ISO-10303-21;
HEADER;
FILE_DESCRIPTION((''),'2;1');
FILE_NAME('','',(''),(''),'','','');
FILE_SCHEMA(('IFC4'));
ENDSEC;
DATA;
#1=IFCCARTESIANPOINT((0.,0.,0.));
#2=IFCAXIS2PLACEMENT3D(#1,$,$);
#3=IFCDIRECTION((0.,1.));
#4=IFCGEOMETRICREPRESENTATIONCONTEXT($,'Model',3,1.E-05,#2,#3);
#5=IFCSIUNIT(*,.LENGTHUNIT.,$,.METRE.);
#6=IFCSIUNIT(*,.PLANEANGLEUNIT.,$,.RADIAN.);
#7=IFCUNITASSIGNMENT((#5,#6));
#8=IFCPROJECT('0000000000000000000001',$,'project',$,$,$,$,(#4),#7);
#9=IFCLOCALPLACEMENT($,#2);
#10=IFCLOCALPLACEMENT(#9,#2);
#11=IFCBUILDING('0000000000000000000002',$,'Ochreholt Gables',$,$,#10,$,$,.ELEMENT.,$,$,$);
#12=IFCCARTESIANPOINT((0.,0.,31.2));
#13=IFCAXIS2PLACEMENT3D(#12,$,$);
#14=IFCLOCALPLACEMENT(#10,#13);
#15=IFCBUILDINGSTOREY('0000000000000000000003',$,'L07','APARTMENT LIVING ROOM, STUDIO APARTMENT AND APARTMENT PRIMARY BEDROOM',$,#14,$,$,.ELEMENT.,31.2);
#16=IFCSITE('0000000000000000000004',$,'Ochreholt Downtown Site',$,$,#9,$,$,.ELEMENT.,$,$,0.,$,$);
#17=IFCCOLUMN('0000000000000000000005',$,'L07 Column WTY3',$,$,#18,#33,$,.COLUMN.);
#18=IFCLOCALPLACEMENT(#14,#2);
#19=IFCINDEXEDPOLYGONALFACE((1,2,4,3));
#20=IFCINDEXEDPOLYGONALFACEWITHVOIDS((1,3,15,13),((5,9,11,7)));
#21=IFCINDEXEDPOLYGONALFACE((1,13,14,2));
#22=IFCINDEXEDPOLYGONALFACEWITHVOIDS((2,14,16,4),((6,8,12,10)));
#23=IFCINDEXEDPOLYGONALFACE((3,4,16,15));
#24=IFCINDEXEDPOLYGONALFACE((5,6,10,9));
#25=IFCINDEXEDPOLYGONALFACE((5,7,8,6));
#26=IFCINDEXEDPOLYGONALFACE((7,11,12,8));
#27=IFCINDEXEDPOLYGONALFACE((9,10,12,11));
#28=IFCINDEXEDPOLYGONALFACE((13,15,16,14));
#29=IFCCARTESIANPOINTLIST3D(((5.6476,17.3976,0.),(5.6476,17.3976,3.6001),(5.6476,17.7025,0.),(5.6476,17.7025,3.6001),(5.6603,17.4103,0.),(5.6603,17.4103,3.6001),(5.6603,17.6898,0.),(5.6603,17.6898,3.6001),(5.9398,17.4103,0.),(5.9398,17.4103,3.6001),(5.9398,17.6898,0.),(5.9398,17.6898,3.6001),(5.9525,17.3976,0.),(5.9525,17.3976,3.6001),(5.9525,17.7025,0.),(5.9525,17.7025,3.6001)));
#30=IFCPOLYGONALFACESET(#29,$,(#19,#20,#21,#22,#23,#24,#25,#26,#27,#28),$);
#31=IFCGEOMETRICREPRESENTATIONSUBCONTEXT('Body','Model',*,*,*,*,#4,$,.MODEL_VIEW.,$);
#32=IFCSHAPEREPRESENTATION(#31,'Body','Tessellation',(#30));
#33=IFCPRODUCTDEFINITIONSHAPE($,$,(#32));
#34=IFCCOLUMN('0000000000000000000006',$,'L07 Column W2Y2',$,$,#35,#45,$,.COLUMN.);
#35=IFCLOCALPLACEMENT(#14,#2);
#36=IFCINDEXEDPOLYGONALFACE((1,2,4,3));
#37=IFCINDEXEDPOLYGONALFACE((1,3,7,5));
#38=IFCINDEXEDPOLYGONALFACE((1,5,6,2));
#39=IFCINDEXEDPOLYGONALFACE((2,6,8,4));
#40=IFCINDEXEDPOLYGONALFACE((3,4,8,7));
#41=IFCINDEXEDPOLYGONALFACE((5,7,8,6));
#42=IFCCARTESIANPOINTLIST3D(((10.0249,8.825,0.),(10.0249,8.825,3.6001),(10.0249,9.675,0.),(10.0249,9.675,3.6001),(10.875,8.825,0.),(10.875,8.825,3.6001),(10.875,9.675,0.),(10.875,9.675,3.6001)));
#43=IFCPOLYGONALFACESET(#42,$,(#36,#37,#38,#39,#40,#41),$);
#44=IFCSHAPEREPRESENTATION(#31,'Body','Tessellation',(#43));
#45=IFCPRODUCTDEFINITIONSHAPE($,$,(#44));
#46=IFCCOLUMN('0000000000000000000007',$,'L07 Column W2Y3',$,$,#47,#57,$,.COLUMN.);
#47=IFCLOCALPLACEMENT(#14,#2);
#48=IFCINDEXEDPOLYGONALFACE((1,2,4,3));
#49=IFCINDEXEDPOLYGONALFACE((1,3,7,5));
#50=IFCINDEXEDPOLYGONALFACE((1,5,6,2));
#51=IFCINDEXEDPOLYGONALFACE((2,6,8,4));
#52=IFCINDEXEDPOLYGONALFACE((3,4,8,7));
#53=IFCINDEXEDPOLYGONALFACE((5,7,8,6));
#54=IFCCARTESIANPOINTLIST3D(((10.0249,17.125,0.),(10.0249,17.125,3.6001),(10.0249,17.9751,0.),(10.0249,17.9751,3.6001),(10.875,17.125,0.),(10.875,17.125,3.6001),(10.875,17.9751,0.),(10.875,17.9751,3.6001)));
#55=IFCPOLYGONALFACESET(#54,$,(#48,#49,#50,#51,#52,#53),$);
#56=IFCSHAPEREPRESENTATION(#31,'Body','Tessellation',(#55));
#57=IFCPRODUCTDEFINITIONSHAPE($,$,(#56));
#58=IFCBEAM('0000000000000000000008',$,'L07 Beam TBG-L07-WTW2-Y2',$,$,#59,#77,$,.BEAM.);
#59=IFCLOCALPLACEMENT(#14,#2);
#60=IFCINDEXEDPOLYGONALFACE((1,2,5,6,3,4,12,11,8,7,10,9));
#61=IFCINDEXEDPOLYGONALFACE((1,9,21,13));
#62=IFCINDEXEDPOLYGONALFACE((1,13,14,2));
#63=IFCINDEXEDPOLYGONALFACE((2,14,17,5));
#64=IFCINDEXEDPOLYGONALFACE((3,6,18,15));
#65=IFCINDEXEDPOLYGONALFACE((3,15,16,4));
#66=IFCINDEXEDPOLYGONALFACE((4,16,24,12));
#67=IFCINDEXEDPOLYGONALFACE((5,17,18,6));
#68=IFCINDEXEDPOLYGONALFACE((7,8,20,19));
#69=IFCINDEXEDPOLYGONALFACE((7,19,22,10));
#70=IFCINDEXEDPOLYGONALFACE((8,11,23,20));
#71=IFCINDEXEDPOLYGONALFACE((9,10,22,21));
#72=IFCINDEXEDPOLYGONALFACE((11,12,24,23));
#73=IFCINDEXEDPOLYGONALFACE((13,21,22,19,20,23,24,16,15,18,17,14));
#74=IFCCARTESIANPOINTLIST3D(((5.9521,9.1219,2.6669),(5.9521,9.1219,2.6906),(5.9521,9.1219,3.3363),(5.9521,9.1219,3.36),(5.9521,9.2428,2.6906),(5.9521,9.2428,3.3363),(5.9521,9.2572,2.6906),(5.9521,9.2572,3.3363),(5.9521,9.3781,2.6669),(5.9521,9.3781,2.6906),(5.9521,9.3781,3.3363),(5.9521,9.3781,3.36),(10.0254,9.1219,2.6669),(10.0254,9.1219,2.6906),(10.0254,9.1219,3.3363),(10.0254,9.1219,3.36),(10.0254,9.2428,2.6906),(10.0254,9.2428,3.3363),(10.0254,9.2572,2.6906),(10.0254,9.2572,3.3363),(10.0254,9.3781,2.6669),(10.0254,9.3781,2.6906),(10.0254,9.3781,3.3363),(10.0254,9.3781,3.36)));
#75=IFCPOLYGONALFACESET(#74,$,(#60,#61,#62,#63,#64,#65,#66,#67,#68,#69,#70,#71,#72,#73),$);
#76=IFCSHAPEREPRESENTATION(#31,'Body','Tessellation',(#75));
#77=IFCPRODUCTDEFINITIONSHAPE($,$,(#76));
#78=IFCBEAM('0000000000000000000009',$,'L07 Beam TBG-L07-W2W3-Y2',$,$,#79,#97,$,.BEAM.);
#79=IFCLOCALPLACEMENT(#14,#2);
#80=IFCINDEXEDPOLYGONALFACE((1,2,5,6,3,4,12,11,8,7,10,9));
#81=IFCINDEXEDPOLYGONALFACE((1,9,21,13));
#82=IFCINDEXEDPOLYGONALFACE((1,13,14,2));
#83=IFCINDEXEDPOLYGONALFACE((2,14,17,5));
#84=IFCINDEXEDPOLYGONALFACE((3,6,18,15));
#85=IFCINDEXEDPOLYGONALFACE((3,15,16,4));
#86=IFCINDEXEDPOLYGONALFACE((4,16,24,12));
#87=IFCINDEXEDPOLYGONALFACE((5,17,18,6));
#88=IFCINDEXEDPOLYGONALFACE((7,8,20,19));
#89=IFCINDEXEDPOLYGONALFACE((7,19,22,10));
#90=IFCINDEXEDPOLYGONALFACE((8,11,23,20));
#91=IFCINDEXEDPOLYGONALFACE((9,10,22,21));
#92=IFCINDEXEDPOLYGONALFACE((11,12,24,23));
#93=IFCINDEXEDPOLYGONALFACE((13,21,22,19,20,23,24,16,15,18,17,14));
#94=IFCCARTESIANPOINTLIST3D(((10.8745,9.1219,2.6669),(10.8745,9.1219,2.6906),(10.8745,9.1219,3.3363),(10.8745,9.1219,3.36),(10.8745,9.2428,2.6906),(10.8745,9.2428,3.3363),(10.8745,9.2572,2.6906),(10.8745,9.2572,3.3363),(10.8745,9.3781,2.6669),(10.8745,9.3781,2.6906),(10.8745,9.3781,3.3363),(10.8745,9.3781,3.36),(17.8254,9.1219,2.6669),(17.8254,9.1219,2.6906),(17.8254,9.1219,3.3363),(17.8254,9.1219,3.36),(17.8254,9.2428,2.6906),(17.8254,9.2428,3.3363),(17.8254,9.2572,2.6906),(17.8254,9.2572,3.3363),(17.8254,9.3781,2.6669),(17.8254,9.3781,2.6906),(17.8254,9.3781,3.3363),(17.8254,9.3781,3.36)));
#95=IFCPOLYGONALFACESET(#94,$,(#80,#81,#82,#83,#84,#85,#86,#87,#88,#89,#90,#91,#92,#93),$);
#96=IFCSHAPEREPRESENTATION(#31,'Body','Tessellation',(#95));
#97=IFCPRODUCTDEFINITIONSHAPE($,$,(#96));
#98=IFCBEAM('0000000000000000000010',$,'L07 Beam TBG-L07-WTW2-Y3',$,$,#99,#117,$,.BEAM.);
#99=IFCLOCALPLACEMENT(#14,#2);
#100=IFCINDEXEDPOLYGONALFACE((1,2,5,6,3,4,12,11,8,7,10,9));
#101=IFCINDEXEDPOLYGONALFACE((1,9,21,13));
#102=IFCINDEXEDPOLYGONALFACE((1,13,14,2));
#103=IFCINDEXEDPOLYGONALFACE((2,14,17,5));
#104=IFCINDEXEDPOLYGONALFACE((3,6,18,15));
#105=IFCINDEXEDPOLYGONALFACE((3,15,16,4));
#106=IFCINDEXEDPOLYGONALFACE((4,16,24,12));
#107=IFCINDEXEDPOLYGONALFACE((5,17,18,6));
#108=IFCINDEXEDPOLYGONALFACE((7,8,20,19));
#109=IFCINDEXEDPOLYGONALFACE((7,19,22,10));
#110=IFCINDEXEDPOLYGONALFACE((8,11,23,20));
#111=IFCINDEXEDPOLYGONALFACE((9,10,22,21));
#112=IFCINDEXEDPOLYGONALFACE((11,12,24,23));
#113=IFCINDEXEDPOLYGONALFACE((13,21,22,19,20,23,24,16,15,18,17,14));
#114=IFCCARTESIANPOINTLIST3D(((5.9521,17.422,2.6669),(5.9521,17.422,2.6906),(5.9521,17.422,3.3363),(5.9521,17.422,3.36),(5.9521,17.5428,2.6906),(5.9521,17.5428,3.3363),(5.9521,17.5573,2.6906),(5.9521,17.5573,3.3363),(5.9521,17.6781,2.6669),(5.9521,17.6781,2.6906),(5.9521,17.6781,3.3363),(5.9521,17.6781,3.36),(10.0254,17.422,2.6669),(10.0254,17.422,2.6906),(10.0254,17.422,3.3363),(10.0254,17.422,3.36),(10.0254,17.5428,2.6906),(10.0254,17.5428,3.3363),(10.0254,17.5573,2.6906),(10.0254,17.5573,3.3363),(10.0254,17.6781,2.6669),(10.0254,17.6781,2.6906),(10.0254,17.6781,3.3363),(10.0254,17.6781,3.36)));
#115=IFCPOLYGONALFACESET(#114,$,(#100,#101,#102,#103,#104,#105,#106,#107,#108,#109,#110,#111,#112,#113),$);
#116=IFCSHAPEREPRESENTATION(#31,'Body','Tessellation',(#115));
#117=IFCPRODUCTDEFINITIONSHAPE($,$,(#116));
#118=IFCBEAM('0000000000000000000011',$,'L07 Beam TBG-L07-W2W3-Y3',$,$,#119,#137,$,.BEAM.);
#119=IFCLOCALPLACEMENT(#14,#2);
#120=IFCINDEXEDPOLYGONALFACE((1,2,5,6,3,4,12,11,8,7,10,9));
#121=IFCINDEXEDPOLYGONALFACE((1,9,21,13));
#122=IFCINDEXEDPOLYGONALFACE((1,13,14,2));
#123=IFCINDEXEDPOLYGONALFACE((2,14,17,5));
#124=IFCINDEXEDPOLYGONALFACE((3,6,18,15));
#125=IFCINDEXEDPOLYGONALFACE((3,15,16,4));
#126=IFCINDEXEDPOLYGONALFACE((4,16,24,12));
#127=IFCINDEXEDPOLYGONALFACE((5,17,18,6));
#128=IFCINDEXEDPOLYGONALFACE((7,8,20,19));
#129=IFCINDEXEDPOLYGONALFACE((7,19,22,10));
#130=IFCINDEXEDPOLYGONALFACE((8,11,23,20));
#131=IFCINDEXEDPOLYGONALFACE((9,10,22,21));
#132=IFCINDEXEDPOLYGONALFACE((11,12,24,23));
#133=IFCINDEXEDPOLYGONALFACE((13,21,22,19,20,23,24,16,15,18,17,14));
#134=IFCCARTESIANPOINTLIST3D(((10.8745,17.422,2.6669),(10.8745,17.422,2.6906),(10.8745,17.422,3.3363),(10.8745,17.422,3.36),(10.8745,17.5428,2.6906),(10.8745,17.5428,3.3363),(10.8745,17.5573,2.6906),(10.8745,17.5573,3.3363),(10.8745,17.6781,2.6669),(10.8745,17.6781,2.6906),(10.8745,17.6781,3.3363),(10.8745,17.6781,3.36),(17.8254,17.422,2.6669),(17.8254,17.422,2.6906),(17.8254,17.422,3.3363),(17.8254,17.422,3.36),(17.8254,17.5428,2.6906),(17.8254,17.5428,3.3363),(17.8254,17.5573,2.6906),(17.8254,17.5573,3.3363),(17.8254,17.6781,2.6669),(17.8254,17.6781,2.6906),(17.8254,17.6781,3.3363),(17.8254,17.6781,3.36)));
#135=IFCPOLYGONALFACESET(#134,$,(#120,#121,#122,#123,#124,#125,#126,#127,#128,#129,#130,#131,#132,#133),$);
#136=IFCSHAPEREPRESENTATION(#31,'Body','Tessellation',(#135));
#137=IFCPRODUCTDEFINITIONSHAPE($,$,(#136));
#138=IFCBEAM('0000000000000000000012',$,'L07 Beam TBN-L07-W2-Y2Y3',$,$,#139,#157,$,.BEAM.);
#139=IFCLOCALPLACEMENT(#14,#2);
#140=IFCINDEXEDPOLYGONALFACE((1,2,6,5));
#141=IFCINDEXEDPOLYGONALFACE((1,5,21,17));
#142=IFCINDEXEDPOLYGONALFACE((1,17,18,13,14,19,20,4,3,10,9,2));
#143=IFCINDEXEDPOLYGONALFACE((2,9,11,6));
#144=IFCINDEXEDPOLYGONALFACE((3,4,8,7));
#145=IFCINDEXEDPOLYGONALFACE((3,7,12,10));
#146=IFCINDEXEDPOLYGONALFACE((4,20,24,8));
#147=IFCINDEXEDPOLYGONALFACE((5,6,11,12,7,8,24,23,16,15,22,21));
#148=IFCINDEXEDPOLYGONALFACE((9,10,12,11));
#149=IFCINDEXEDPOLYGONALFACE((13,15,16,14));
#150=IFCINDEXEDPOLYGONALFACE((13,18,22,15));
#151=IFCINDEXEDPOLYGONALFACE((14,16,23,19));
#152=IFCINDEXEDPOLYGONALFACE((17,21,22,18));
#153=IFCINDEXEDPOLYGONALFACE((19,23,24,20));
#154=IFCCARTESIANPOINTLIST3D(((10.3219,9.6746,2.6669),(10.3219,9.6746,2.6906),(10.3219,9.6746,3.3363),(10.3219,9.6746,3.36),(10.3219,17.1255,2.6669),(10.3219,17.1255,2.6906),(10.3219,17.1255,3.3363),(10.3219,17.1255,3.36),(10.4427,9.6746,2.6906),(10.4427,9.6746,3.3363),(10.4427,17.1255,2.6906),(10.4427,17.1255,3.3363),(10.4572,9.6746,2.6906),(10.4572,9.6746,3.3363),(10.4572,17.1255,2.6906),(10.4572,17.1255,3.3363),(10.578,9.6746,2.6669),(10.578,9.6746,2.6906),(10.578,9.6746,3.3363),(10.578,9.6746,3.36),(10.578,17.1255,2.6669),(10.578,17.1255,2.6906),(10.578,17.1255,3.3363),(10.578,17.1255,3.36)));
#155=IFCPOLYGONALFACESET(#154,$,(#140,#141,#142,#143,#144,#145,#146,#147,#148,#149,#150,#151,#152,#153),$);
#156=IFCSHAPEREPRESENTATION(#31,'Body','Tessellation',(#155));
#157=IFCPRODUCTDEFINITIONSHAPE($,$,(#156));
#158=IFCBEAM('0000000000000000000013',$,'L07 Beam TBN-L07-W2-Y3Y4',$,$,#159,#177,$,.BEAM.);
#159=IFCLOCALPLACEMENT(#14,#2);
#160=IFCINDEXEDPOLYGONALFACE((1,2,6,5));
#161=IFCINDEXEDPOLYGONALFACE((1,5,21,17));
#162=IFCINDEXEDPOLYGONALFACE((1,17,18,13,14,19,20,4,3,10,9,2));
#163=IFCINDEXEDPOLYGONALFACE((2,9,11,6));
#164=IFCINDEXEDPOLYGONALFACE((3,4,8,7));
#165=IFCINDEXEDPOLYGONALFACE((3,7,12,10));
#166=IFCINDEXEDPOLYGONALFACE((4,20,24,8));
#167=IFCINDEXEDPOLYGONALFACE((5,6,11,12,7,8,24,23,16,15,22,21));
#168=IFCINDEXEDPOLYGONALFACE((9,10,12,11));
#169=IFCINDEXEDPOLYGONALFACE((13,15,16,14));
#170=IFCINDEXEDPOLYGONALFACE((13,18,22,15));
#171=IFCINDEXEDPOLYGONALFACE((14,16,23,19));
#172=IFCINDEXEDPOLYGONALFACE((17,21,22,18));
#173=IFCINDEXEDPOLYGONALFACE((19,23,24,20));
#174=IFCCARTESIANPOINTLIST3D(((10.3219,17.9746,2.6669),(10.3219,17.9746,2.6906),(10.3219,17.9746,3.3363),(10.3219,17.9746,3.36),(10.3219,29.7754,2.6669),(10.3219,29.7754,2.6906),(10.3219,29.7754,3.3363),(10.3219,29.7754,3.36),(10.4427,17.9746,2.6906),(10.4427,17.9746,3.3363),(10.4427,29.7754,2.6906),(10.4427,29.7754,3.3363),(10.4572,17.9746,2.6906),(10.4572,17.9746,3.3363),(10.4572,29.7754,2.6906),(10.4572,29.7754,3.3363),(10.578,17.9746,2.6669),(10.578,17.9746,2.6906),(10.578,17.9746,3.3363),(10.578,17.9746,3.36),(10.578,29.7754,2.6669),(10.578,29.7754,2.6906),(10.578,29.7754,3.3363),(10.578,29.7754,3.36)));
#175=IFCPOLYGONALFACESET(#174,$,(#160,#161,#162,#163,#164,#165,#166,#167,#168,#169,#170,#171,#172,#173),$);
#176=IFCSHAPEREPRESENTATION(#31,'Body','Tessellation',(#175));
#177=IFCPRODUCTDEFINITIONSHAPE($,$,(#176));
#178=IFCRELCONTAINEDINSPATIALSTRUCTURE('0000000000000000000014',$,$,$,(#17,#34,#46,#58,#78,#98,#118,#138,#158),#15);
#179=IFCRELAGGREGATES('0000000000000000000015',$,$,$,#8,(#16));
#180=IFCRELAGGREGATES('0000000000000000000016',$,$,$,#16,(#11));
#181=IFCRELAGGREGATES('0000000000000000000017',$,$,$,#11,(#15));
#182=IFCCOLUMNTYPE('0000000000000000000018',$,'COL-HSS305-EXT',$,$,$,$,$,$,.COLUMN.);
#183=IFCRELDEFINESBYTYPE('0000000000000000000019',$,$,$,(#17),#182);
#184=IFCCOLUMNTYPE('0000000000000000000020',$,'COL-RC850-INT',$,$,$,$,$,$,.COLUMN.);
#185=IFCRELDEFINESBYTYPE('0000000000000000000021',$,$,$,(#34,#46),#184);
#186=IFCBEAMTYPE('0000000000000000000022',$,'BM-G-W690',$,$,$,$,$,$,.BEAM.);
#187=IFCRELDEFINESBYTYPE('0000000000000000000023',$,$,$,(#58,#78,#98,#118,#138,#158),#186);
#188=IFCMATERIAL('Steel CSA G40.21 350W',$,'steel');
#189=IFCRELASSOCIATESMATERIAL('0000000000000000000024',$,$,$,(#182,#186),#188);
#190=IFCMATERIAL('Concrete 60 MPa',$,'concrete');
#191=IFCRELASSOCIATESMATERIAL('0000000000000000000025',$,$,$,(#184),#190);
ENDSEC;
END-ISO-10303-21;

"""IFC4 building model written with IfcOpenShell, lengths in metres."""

from ifc_helpers import new_model, si_unit, direction, frame, origin, origin_2d, place, context, subcontext, project, spatial, rectangle, hollow_rectangle, i_section, extrude, material, material_profile, profile_set, type_object, element, save


model = new_model("IFC4")

# Units and contexts
model_context = context("Model", 3, precision=1e-05, world=origin(), true_north=direction((0.0, 1.0)))
body_context = subcontext(model_context, "Body", "Model", "MODEL_VIEW")
ifc_project = project(units=[si_unit("LENGTHUNIT", "METRE"), si_unit("PLANEANGLEUNIT", "RADIAN")], contexts=[model_context])

# Site, building, storey
site_placement = place(None, origin())
site = spatial("IfcSite", under=ifc_project, at=site_placement, Name="Ochreholt Downtown Site", CompositionType="ELEMENT", RefElevation=0.0)
building_placement = place(site_placement, origin())
building = spatial("IfcBuilding", under=site, at=building_placement, Name="Ochreholt Gables", CompositionType="ELEMENT")
storey_placement = place(building_placement, frame((0.0, 0.0, 31.2)))
storey = spatial("IfcBuildingStorey", under=building, at=storey_placement, Name="L07", Description="APARTMENT LIVING ROOM, STUDIO APARTMENT AND APARTMENT PRIMARY BEDROOM", CompositionType="ELEMENT", Elevation=31.2)

# Columns
ifc_material_1 = material(Name="Steel CSA G40.21 350W", Category="steel")
ifc_material_profile_1 = material_profile(ifc_material_1, hollow_rectangle(XDim=0.3049, YDim=0.3049, WallThickness=0.0127, at=origin_2d()), Name="HSS305X305X13")
ifc_profile_set_1 = profile_set([ifc_material_profile_1], Name="Steel CSA G40.21 350W")
column_type_1 = type_object("IfcColumnType", Name="COL-HSS305-EXT", PredefinedType="COLUMN", material=ifc_profile_set_1)
column_placement = place(storey_placement, frame((5.8, 17.55, 0.0), z_axis=(0.0, 0.0, 1.0), x_axis=(1.0, 0.0, 0.0)))
element("IfcColumn", 1, at=column_placement, inside=storey, type_object=column_type_1, Name="L07 Column WTY3", PredefinedType="COLUMN", context=body_context, shape_type="SweptSolid", body=[
    extrude(hollow_rectangle(XDim=0.3049, YDim=0.3049, WallThickness=0.0127, at=origin_2d()), origin(), (0.0, 0.0, 1.0), 3.6001),
])
ifc_material_2 = material(Name="Concrete 60 MPa", Category="concrete")
ifc_material_profile_2 = material_profile(ifc_material_2, rectangle(XDim=0.8501, YDim=0.8501, at=origin_2d()), Name="RC850X850")
ifc_profile_set_2 = profile_set([ifc_material_profile_2], Name="Concrete 60 MPa")
column_type_2 = type_object("IfcColumnType", Name="COL-RC850-INT", PredefinedType="COLUMN", material=ifc_profile_set_2)
for number, where, z_axis, x_axis, name in (
    (2, (10.45, 9.25, 0.0), (0.0, 0.0, 1.0), (1.0, 0.0, 0.0), "L07 Column W2Y2"),
    (3, (10.45, 17.55, 0.0), (0.0, 0.0, 1.0), (1.0, 0.0, 0.0), "L07 Column W2Y3"),
):
    element("IfcColumn", number, at=place(storey_placement, frame(where, z_axis=z_axis, x_axis=x_axis)), inside=storey, type_object=column_type_2, Name=name, PredefinedType="COLUMN", context=body_context, shape_type="SweptSolid", body=[
        extrude(rectangle(XDim=0.8501, YDim=0.8501, at=origin_2d()), origin(), (0.0, 0.0, 1.0), 3.6001),
    ])

# Beams
ifc_material_profile_3 = material_profile(ifc_material_1, i_section(OverallWidth=0.2561, OverallDepth=0.6931, WebThickness=0.0144, FlangeThickness=0.0237, at=origin_2d()), Name="W690X170")
ifc_profile_set_3 = profile_set([ifc_material_profile_3], Name="Steel CSA G40.21 350W")
beam_type_1 = type_object("IfcBeamType", Name="BM-G-W690", PredefinedType="BEAM", material=ifc_profile_set_3)
beam_1_placement = place(storey_placement, frame((5.9521, 9.25, 3.0134), z_axis=(1.0, 0.0, 0.0), x_axis=(0.0, 1.0, 0.0)))
element("IfcBeam", 4, at=beam_1_placement, inside=storey, type_object=beam_type_1, Name="L07 Beam TBG-L07-WTW2-Y2", PredefinedType="BEAM", context=body_context, shape_type="SweptSolid", body=[
    extrude(i_section(OverallWidth=0.2561, OverallDepth=0.6931, WebThickness=0.0144, FlangeThickness=0.0237, at=origin_2d()), origin(), (0.0, 0.0, 1.0), 4.0732),
])
beam_2_placement = place(storey_placement, frame((10.8745, 9.25, 3.0134), z_axis=(1.0, 0.0, 0.0), x_axis=(0.0, 1.0, 0.0)))
element("IfcBeam", 5, at=beam_2_placement, inside=storey, type_object=beam_type_1, Name="L07 Beam TBG-L07-W2W3-Y2", PredefinedType="BEAM", context=body_context, shape_type="SweptSolid", body=[
    extrude(i_section(OverallWidth=0.2561, OverallDepth=0.6931, WebThickness=0.0144, FlangeThickness=0.0237, at=origin_2d()), origin(), (0.0, 0.0, 1.0), 6.9509),
])
beam_3_placement = place(storey_placement, frame((5.9521, 17.55, 3.0134), z_axis=(1.0, 0.0, 0.0), x_axis=(0.0, 1.0, 0.0)))
element("IfcBeam", 6, at=beam_3_placement, inside=storey, type_object=beam_type_1, Name="L07 Beam TBG-L07-WTW2-Y3", PredefinedType="BEAM", context=body_context, shape_type="SweptSolid", body=[
    extrude(i_section(OverallWidth=0.2561, OverallDepth=0.6931, WebThickness=0.0144, FlangeThickness=0.0237, at=origin_2d()), origin(), (0.0, 0.0, 1.0), 4.0732),
])
beam_4_placement = place(storey_placement, frame((10.8745, 17.55, 3.0134), z_axis=(1.0, 0.0, 0.0), x_axis=(0.0, 1.0, 0.0)))
element("IfcBeam", 7, at=beam_4_placement, inside=storey, type_object=beam_type_1, Name="L07 Beam TBG-L07-W2W3-Y3", PredefinedType="BEAM", context=body_context, shape_type="SweptSolid", body=[
    extrude(i_section(OverallWidth=0.2561, OverallDepth=0.6931, WebThickness=0.0144, FlangeThickness=0.0237, at=origin_2d()), origin(), (0.0, 0.0, 1.0), 6.9509),
])
beam_5_placement = place(storey_placement, frame((10.45, 9.6746, 3.0134), z_axis=(0.0, 1.0, 0.0), x_axis=(-1.0, 0.0, 0.0)))
element("IfcBeam", 8, at=beam_5_placement, inside=storey, type_object=beam_type_1, Name="L07 Beam TBN-L07-W2-Y2Y3", PredefinedType="BEAM", context=body_context, shape_type="SweptSolid", body=[
    extrude(i_section(OverallWidth=0.2561, OverallDepth=0.6931, WebThickness=0.0144, FlangeThickness=0.0237, at=origin_2d()), origin(), (0.0, 0.0, 1.0), 7.4509),
])
beam_6_placement = place(storey_placement, frame((10.45, 17.9746, 3.0134), z_axis=(0.0, 1.0, 0.0), x_axis=(-1.0, 0.0, 0.0)))
element("IfcBeam", 9, at=beam_6_placement, inside=storey, type_object=beam_type_1, Name="L07 Beam TBN-L07-W2-Y3Y4", PredefinedType="BEAM", context=body_context, shape_type="SweptSolid", body=[
    extrude(i_section(OverallWidth=0.2561, OverallDepth=0.6931, WebThickness=0.0144, FlangeThickness=0.0237, at=origin_2d()), origin(), (0.0, 0.0, 1.0), 11.8008),
])

save(model, "model.ifc")
